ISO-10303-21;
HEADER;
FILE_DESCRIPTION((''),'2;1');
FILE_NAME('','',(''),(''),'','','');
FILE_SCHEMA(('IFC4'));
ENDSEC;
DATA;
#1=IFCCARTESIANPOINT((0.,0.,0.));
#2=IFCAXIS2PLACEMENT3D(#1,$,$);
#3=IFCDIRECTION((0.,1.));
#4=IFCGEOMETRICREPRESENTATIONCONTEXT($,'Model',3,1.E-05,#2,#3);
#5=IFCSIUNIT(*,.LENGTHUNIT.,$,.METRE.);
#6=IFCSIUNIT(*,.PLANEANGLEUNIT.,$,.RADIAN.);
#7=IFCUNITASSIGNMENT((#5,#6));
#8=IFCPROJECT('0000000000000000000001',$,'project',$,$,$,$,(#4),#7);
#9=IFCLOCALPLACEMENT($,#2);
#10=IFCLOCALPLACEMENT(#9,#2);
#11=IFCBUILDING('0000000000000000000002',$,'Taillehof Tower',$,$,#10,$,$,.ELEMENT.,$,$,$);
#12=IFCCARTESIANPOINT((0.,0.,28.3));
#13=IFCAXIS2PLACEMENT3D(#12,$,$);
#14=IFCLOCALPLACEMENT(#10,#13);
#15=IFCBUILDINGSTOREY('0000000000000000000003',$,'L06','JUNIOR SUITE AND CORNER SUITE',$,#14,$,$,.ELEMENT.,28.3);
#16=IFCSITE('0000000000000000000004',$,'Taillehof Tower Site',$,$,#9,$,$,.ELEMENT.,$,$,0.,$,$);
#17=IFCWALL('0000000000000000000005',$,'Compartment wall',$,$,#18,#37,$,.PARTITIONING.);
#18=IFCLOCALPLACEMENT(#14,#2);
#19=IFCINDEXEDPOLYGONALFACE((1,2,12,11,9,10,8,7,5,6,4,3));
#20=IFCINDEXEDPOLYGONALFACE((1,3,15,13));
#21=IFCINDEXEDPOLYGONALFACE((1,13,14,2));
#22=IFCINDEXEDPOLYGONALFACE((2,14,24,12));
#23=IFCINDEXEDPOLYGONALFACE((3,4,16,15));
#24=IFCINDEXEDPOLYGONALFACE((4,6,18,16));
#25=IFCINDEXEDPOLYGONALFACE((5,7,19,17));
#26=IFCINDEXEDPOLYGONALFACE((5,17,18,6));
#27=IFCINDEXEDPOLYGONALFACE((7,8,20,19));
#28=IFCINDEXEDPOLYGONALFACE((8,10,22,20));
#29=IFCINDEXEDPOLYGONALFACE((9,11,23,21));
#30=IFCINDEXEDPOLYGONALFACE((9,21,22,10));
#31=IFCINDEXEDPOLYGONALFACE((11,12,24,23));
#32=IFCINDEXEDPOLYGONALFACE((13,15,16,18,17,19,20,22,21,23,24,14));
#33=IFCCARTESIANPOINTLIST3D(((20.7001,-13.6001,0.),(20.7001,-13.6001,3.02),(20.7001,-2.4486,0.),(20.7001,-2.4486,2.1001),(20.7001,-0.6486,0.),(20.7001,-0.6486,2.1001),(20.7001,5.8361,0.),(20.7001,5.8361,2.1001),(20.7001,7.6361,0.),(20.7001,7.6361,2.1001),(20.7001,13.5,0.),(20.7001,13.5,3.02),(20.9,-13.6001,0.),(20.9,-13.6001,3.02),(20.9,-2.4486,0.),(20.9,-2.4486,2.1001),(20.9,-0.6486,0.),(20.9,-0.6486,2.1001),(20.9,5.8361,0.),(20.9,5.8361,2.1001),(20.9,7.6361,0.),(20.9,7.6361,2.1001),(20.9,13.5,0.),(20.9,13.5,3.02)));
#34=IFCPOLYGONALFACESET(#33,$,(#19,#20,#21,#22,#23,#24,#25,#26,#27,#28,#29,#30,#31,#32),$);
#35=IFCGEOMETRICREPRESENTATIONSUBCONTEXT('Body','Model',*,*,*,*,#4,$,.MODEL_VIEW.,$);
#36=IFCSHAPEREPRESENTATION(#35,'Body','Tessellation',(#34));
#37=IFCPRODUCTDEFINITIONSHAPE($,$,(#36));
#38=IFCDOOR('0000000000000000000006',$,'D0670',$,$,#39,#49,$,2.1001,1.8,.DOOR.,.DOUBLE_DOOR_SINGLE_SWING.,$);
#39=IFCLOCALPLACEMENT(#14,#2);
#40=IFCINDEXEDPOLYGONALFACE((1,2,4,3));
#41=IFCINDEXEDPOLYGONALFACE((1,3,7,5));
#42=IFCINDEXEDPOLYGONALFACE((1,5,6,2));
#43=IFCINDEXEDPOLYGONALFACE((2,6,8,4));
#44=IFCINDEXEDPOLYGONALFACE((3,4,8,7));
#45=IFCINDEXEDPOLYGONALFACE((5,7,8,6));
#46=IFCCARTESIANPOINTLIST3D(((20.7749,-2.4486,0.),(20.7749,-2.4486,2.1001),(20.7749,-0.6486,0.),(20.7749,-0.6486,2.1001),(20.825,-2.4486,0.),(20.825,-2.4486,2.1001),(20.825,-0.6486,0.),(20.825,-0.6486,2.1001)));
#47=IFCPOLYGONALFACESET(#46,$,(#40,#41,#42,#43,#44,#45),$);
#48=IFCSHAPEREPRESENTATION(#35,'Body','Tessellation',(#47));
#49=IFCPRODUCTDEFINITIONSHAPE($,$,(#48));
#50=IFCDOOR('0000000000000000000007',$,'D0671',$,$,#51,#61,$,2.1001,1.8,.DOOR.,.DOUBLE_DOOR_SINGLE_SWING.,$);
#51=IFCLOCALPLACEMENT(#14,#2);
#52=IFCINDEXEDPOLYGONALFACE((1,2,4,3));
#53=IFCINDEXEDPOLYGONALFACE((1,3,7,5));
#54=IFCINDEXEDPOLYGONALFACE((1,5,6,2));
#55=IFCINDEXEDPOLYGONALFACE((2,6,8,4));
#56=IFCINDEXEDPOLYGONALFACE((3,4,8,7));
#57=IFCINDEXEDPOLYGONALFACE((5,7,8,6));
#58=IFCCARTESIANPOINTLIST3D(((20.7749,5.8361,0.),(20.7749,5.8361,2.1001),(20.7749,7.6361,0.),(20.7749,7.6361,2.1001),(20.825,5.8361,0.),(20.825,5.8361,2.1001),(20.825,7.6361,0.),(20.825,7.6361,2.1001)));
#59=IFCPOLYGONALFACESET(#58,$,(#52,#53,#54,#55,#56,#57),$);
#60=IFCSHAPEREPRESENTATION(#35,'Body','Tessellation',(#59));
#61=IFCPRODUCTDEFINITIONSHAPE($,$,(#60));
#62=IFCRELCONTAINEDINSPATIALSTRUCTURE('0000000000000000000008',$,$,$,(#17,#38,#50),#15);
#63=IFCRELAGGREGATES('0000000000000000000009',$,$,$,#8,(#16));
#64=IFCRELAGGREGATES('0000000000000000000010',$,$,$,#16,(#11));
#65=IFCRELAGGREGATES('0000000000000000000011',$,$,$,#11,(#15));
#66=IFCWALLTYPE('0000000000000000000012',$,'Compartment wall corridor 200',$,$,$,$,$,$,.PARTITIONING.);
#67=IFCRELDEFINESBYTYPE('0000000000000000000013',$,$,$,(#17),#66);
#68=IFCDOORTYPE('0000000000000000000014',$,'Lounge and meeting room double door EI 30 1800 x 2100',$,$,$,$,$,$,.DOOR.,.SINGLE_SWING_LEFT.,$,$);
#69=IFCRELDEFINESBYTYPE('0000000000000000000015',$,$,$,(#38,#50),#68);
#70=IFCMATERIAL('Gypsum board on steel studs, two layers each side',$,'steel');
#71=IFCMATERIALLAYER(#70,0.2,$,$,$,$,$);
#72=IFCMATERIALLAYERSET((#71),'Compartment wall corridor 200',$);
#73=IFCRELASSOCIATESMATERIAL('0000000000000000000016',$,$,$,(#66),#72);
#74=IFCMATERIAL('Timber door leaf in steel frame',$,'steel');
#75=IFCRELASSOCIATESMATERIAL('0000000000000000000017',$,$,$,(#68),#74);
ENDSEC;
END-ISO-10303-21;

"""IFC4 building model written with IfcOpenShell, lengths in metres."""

from ifc_helpers import new_model, si_unit, direction, frame, frame_2d, origin, place, context, subcontext, project, spatial, rectangle, extrude, material, layer, layer_set, type_object, element, fill, save


model = new_model("IFC4")

# Units and contexts
model_context = context("Model", 3, precision=1e-05, world=origin(), true_north=direction((0.0, 1.0)))
body_context = subcontext(model_context, "Body", "Model", "MODEL_VIEW")
ifc_project = project(units=[si_unit("LENGTHUNIT", "METRE"), si_unit("PLANEANGLEUNIT", "RADIAN")], contexts=[model_context])

# Site, building, storey
site_placement = place(None, origin())
site = spatial("IfcSite", under=ifc_project, at=site_placement, Name="Taillehof Tower Site", CompositionType="ELEMENT", RefElevation=0.0)
building_placement = place(site_placement, origin())
building = spatial("IfcBuilding", under=site, at=building_placement, Name="Taillehof Tower", CompositionType="ELEMENT")
storey_placement = place(building_placement, frame((0.0, 0.0, 28.3)))
storey = spatial("IfcBuildingStorey", under=building, at=storey_placement, Name="L06", Description="JUNIOR SUITE AND CORNER SUITE", CompositionType="ELEMENT", Elevation=28.3)

# Wall, openings, doors
ifc_material_1 = material(Name="Gypsum board on steel studs, two layers each side", Category="steel")
ifc_layer_1 = layer(ifc_material_1, 0.2)
ifc_layer_set_1 = layer_set([ifc_layer_1], Name="Compartment wall corridor 200")
wall_type_1 = type_object("IfcWallType", Name="Compartment wall corridor 200", PredefinedType="PARTITIONING", material=ifc_layer_set_1)
wall_1_placement = place(storey_placement, frame((20.8, 13.5, 0.0), z_axis=(0.0, 0.0, 1.0), x_axis=(0.0, -1.0, 0.0)))
wall_1 = element("IfcWall", 1, at=wall_1_placement, inside=storey, type_object=wall_type_1, Name="Compartment wall", PredefinedType="PARTITIONING", context=body_context, shape_type="SweptSolid", body=[
    extrude(rectangle(XDim=27.1001, YDim=0.2, at=frame_2d((13.55, 0.0))), origin(), (0.0, 0.0, 1.0), 3.02),
])
opening_1_placement = place(wall_1_placement, frame((14.1487, 0.0, 0.0)))
opening_1 = element("IfcOpeningElement", 2, at=opening_1_placement, cuts=wall_1, PredefinedType="OPENING", context=body_context, shape_type="SweptSolid", body=[
    extrude(rectangle(XDim=1.8, YDim=2.1001, at=frame_2d((0.8999, 1.05))), frame((0.0, 0.1099, 0.0), z_axis=(0.0, -1.0, 0.0), x_axis=(1.0, 0.0, 0.0)), (0.0, 0.0, 1.0), 0.22),
])
opening_2_placement = place(wall_1_placement, frame((5.864, 0.0, 0.0)))
opening_2 = element("IfcOpeningElement", 3, at=opening_2_placement, cuts=wall_1, PredefinedType="OPENING", context=body_context, shape_type="SweptSolid", body=[
    extrude(rectangle(XDim=1.8, YDim=2.1001, at=frame_2d((0.8999, 1.05))), frame((0.0, 0.1099, 0.0), z_axis=(0.0, -1.0, 0.0), x_axis=(1.0, 0.0, 0.0)), (0.0, 0.0, 1.0), 0.22),
])
ifc_material_2 = material(Name="Timber door leaf in steel frame", Category="steel")
door_type = type_object("IfcDoorType", Name="Lounge and meeting room double door EI 30 1800 x 2100", OperationType="SINGLE_SWING_LEFT", PredefinedType="DOOR", material=ifc_material_2)
door_1_placement = place(opening_1_placement, origin())
door_1 = element("IfcDoor", 4, at=door_1_placement, inside=storey, type_object=door_type, Name="D0670", OperationType="DOUBLE_DOOR_SINGLE_SWING", OverallHeight=2.1001, OverallWidth=1.8, PredefinedType="DOOR", context=body_context, shape_type="SweptSolid", body=[
    extrude(rectangle(XDim=1.8, YDim=2.1001, at=frame_2d((0.8999, 1.05))), frame((0.0, 0.0249, 0.0), z_axis=(0.0, -1.0, 0.0), x_axis=(1.0, 0.0, 0.0)), (0.0, 0.0, 1.0), 0.05),
])
fill(opening_1, door_1)
door_2_placement = place(opening_2_placement, origin())
door_2 = element("IfcDoor", 5, at=door_2_placement, inside=storey, type_object=door_type, Name="D0671", OperationType="DOUBLE_DOOR_SINGLE_SWING", OverallHeight=2.1001, OverallWidth=1.8, PredefinedType="DOOR", context=body_context, shape_type="SweptSolid", body=[
    extrude(rectangle(XDim=1.8, YDim=2.1001, at=frame_2d((0.8999, 1.05))), frame((0.0, 0.0249, 0.0), z_axis=(0.0, -1.0, 0.0), x_axis=(1.0, 0.0, 0.0)), (0.0, 0.0, 1.0), 0.05),
])
fill(opening_2, door_2)

save(model, "model.ifc")
